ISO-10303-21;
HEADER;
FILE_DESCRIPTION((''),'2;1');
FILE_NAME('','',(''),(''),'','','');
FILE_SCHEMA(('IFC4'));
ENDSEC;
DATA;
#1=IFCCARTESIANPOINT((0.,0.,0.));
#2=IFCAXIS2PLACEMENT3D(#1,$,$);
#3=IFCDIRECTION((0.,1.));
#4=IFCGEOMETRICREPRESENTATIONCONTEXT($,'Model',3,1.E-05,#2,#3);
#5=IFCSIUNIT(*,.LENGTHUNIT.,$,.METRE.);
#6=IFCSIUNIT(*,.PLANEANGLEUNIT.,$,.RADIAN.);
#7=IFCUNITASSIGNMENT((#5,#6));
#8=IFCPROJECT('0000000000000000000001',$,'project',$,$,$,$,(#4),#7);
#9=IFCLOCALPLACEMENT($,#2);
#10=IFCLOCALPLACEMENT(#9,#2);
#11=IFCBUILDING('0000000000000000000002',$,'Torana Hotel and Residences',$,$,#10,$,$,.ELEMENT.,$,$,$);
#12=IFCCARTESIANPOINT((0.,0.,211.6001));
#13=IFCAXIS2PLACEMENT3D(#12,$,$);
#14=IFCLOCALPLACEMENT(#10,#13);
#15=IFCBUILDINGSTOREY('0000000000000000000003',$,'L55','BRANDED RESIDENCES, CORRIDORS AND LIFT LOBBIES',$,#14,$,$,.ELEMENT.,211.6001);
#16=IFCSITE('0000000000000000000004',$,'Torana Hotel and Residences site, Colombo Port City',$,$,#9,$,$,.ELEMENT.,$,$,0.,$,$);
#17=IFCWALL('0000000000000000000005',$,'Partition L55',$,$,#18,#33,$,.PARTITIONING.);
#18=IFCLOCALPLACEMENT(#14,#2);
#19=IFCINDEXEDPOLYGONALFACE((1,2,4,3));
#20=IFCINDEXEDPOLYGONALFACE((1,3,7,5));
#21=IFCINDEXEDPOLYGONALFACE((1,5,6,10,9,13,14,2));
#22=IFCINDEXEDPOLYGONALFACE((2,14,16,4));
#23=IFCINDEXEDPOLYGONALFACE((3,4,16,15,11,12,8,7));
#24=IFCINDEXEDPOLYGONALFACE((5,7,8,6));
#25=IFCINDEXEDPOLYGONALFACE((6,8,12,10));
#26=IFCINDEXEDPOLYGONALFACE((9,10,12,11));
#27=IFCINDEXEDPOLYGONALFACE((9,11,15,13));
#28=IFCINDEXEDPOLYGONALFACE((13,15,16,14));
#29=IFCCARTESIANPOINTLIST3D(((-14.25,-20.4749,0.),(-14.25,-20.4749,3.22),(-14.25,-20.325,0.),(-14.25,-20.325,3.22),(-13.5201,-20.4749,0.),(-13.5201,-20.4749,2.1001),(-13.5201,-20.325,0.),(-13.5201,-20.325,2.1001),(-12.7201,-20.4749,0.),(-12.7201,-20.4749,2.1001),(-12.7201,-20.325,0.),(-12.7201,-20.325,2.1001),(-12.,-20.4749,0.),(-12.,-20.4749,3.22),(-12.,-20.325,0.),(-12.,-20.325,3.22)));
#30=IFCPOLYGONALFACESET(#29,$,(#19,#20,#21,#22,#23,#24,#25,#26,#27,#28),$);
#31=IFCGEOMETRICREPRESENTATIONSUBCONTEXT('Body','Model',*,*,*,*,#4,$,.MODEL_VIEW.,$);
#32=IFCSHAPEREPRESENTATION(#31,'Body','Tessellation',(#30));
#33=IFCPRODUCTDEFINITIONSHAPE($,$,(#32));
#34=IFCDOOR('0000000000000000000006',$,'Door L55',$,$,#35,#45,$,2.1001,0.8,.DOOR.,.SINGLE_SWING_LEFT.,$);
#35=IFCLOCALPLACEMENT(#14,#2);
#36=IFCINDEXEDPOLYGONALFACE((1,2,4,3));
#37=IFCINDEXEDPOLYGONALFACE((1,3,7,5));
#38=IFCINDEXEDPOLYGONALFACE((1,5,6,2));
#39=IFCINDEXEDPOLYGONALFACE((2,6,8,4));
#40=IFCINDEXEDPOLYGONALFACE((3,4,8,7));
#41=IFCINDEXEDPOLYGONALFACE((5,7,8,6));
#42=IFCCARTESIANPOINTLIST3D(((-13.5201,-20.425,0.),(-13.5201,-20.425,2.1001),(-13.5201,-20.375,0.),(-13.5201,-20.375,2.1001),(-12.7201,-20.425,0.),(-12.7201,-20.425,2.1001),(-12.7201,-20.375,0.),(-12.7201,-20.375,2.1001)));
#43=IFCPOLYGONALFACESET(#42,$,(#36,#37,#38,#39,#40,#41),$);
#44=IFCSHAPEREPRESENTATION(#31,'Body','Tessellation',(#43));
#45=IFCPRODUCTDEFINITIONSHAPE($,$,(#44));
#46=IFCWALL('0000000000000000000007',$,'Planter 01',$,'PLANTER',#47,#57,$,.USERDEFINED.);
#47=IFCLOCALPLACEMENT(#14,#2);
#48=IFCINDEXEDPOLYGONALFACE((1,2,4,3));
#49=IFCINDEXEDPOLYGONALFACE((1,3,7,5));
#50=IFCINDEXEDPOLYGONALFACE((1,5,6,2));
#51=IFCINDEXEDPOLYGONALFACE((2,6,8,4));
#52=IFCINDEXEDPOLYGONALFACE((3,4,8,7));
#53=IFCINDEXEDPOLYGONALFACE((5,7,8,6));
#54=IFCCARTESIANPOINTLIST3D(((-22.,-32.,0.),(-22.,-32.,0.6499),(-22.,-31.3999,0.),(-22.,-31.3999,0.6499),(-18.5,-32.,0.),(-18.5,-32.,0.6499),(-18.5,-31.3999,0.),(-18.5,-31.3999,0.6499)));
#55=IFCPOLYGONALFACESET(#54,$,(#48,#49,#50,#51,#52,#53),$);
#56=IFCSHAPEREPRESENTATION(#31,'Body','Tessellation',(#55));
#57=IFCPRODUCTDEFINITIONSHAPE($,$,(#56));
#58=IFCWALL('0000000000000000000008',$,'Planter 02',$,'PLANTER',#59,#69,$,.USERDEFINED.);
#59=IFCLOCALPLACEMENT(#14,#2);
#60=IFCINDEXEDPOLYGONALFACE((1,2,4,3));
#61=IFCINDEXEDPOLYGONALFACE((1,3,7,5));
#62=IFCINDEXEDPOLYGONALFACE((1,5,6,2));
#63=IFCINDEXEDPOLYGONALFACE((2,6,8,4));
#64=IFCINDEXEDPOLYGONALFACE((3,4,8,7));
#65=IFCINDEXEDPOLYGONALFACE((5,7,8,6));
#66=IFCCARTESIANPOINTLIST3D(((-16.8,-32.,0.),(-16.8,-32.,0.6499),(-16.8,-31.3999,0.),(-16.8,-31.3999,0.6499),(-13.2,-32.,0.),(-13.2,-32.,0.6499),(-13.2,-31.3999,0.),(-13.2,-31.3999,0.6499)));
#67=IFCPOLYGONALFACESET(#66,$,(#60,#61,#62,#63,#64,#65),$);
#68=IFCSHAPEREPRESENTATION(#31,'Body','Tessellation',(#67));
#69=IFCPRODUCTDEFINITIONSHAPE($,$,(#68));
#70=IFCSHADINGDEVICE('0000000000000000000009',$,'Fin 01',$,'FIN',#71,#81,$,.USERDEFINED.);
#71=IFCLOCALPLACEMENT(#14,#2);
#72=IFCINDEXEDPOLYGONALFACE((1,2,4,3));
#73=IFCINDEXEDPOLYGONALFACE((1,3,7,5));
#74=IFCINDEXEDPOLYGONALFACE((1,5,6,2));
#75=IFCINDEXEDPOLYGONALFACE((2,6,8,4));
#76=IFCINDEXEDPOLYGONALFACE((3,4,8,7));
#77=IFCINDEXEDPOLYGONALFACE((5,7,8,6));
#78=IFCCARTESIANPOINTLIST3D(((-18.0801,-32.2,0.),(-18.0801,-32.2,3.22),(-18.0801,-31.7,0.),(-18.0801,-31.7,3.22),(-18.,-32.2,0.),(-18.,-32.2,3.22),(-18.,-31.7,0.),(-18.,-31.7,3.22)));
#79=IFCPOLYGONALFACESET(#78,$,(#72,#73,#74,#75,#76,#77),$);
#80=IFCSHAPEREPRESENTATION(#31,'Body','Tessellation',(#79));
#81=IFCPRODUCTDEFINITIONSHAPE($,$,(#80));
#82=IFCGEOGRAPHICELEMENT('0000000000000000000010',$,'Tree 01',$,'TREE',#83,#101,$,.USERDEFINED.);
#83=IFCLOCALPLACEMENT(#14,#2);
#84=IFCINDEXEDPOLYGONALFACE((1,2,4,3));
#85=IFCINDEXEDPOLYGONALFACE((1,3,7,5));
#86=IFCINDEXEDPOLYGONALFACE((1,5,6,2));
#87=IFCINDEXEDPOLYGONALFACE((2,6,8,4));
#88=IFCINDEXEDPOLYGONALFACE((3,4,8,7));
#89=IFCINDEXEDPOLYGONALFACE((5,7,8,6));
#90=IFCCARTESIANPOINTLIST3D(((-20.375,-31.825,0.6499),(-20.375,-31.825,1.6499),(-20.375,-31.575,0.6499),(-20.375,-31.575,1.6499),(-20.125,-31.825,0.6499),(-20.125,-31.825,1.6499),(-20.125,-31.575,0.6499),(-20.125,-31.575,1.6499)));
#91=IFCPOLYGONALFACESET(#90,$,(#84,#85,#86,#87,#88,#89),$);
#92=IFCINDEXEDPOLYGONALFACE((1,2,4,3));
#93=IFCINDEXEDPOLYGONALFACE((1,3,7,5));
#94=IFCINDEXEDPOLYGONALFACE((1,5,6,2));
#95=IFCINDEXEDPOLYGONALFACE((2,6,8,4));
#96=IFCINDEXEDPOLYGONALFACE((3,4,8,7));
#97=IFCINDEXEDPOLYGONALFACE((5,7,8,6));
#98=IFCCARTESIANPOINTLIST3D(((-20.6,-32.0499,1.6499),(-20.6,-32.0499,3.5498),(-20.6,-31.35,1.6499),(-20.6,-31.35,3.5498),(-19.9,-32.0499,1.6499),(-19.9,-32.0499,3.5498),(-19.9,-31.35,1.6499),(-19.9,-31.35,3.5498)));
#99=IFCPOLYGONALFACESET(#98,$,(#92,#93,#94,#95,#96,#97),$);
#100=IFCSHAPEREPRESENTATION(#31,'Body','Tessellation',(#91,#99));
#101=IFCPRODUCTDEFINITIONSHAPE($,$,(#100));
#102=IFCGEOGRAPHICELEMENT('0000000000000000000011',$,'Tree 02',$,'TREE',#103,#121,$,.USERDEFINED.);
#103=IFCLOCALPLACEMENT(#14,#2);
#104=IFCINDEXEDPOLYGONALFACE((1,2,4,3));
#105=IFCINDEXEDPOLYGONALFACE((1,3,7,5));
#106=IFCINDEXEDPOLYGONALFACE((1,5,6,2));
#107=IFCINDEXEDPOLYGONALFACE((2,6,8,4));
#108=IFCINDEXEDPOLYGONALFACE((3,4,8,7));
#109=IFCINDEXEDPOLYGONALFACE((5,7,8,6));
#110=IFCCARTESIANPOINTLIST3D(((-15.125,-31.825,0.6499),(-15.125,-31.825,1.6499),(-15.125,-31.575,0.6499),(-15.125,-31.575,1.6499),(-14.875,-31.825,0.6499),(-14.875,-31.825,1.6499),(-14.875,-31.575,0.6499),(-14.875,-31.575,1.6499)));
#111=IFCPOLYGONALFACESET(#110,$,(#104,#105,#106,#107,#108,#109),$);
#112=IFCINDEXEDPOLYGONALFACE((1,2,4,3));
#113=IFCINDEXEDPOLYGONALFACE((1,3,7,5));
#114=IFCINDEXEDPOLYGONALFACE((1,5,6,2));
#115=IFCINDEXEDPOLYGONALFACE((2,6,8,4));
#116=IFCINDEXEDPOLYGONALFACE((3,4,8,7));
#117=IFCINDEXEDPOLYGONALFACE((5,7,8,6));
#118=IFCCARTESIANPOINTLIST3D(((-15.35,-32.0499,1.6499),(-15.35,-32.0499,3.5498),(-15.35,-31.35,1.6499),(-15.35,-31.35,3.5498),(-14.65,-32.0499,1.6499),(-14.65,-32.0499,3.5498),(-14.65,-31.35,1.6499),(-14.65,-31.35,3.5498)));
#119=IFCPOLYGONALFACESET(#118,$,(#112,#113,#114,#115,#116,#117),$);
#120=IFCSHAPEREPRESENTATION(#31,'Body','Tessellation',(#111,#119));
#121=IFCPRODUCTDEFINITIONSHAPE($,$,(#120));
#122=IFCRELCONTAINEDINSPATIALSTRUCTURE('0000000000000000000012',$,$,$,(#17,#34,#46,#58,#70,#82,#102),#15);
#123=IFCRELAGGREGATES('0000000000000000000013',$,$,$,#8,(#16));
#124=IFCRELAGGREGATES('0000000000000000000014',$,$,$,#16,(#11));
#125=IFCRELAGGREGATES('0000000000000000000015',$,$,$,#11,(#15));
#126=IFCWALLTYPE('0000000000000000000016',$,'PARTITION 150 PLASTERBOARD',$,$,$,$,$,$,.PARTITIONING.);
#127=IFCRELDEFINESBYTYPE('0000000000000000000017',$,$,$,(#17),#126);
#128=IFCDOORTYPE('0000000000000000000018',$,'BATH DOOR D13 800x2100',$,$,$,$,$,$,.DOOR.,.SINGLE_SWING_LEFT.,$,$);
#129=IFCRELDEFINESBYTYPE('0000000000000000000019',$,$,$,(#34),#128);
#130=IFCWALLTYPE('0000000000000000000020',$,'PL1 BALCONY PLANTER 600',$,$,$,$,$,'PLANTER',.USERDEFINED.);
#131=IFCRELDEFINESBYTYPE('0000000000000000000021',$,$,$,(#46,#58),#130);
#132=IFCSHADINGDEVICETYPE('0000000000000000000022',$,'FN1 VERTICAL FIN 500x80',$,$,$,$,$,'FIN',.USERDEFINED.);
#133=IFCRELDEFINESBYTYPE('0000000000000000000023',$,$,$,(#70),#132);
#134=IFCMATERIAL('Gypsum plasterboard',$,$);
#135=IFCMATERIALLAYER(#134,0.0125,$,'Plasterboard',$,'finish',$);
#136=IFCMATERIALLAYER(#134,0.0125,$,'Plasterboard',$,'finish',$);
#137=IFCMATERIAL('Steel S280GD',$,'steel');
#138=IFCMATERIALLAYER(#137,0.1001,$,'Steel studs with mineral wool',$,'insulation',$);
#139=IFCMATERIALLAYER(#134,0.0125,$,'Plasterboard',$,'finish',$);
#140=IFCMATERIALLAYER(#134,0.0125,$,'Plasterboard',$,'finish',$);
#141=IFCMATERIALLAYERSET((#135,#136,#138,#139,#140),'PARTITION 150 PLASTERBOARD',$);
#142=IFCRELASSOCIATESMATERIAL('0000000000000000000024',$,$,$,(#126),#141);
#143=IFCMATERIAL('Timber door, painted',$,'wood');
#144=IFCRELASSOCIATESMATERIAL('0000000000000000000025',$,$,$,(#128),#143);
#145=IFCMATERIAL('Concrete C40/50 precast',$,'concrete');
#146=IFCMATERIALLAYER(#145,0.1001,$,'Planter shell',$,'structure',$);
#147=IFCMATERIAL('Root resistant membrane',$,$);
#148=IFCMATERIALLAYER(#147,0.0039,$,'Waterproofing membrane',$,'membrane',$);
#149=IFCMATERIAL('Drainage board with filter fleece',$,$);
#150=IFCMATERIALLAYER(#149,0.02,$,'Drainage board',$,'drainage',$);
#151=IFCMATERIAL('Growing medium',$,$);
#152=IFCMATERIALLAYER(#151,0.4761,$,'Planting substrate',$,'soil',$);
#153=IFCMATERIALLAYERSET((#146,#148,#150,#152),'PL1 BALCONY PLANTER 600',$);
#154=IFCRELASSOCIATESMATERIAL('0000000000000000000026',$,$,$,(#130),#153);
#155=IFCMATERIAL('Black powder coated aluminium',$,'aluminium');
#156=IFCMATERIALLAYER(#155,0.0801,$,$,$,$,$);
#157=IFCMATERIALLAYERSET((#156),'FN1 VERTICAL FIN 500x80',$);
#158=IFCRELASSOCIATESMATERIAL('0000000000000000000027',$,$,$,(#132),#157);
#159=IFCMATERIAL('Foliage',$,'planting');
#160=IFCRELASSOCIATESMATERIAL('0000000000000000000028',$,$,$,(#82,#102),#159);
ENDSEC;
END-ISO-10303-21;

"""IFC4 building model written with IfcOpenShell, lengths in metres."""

from ifc_helpers import new_model, si_unit, direction, frame, frame_2d, origin, origin_2d, place, context, subcontext, project, spatial, rectangle, extrude, material, layer, layer_set, type_object, element, fill, save


model = new_model("IFC4")

# Units and contexts
model_context = context("Model", 3, precision=1e-05, world=origin(), true_north=direction((0.0, 1.0)))
body_context = subcontext(model_context, "Body", "Model", "MODEL_VIEW")
ifc_project = project(units=[si_unit("LENGTHUNIT", "METRE"), si_unit("PLANEANGLEUNIT", "RADIAN")], contexts=[model_context])

# Site, building, storey
site_placement = place(None, origin())
site = spatial("IfcSite", under=ifc_project, at=site_placement, Name="Torana Hotel and Residences site, Colombo Port City", CompositionType="ELEMENT", RefElevation=0.0)
building_placement = place(site_placement, origin())
building = spatial("IfcBuilding", under=site, at=building_placement, Name="Torana Hotel and Residences", CompositionType="ELEMENT")
storey_placement = place(building_placement, frame((0.0, 0.0, 211.6001)))
storey = spatial("IfcBuildingStorey", under=building, at=storey_placement, Name="L55", Description="BRANDED RESIDENCES, CORRIDORS AND LIFT LOBBIES", CompositionType="ELEMENT", Elevation=211.6001)

# Shared definitions
ifc_material_1 = material(Name="Gypsum plasterboard")
ifc_layer_1 = layer(ifc_material_1, 0.0125, Name="Plasterboard", Category="finish")
ifc_layer_2 = layer(ifc_material_1, 0.0125, Name="Plasterboard", Category="finish")
ifc_material_2 = material(Name="Steel S280GD", Category="steel")
ifc_layer_3 = layer(ifc_material_2, 0.1001, Name="Steel studs with mineral wool", Category="insulation")
ifc_layer_4 = layer(ifc_material_1, 0.0125, Name="Plasterboard", Category="finish")
ifc_layer_5 = layer(ifc_material_1, 0.0125, Name="Plasterboard", Category="finish")
ifc_layer_set_1 = layer_set([ifc_layer_1, ifc_layer_2, ifc_layer_3, ifc_layer_4, ifc_layer_5], Name="PARTITION 150 PLASTERBOARD")
wall_type_1 = type_object("IfcWallType", Name="PARTITION 150 PLASTERBOARD", PredefinedType="PARTITIONING", material=ifc_layer_set_1)

# Wall, opening, door
wall_1_placement = place(storey_placement, frame((-14.25, -20.3999, 0.0), z_axis=(0.0, 0.0, 1.0), x_axis=(1.0, 0.0, 0.0)))
wall_1 = element("IfcWall", 1, at=wall_1_placement, inside=storey, type_object=wall_type_1, Name="Partition L55", PredefinedType="PARTITIONING", context=body_context, shape_type="SweptSolid", body=[
    extrude(rectangle(XDim=2.25, YDim=0.1499, at=frame_2d((1.125, 0.0))), origin(), (0.0, 0.0, 1.0), 3.22),
])
opening_1_placement = place(wall_1_placement, frame((0.73, 0.0, 0.0)))
opening_1 = element("IfcOpeningElement", 2, at=opening_1_placement, cuts=wall_1, PredefinedType="OPENING", context=body_context, shape_type="SweptSolid", body=[
    extrude(rectangle(XDim=0.8, YDim=2.1001, at=frame_2d((0.3999, 1.05))), frame((0.0, 0.085, 0.0), z_axis=(0.0, -1.0, 0.0), x_axis=(1.0, 0.0, 0.0)), (0.0, 0.0, 1.0), 0.1699),
])
ifc_material_3 = material(Name="Timber door, painted", Category="wood")
door_type_1 = type_object("IfcDoorType", Name="BATH DOOR D13 800x2100", OperationType="SINGLE_SWING_LEFT", PredefinedType="DOOR", material=ifc_material_3)
door_1_placement = place(opening_1_placement, origin())
door_1 = element("IfcDoor", 3, at=door_1_placement, inside=storey, type_object=door_type_1, Name="Door L55", OperationType="SINGLE_SWING_LEFT", OverallHeight=2.1001, OverallWidth=0.8, PredefinedType="DOOR", context=body_context, shape_type="SweptSolid", body=[
    extrude(rectangle(XDim=0.8, YDim=2.1001, at=frame_2d((0.3999, 1.05))), frame((0.0, 0.0249, 0.0), z_axis=(0.0, -1.0, 0.0), x_axis=(1.0, 0.0, 0.0)), (0.0, 0.0, 1.0), 0.05),
])
fill(opening_1, door_1)

# Walls
ifc_material_4 = material(Name="Concrete C40/50 precast", Category="concrete")
ifc_layer_6 = layer(ifc_material_4, 0.1001, Name="Planter shell", Category="structure")
ifc_material_5 = material(Name="Root resistant membrane")
ifc_layer_7 = layer(ifc_material_5, 0.0039, Name="Waterproofing membrane", Category="membrane")
ifc_material_6 = material(Name="Drainage board with filter fleece")
ifc_layer_8 = layer(ifc_material_6, 0.02, Name="Drainage board", Category="drainage")
ifc_material_7 = material(Name="Growing medium")
ifc_layer_9 = layer(ifc_material_7, 0.4761, Name="Planting substrate", Category="soil")
ifc_layer_set_2 = layer_set([ifc_layer_6, ifc_layer_7, ifc_layer_8, ifc_layer_9], Name="PL1 BALCONY PLANTER 600")
wall_type_2 = type_object("IfcWallType", Name="PL1 BALCONY PLANTER 600", ElementType="PLANTER", PredefinedType="USERDEFINED", material=ifc_layer_set_2)
wall_2_placement = place(storey_placement, frame((-18.5, -31.7, 0.0), z_axis=(0.0, 0.0, 1.0), x_axis=(-1.0, 0.0, 0.0)))
element("IfcWall", 4, at=wall_2_placement, inside=storey, type_object=wall_type_2, Name="Planter 01", ObjectType="PLANTER", PredefinedType="USERDEFINED", context=body_context, shape_type="SweptSolid", body=[
    extrude(rectangle(XDim=3.5, YDim=0.6001, at=frame_2d((1.75, 0.0))), origin(), (0.0, 0.0, 1.0), 0.6499),
])
wall_3_placement = place(storey_placement, frame((-13.2, -31.7, 0.0), z_axis=(0.0, 0.0, 1.0), x_axis=(-1.0, 0.0, 0.0)))
element("IfcWall", 5, at=wall_3_placement, inside=storey, type_object=wall_type_2, Name="Planter 02", ObjectType="PLANTER", PredefinedType="USERDEFINED", context=body_context, shape_type="SweptSolid", body=[
    extrude(rectangle(XDim=3.6001, YDim=0.6001, at=frame_2d((1.8, 0.0))), origin(), (0.0, 0.0, 1.0), 0.6499),
])

# Shading device
ifc_material_8 = material(Name="Black powder coated aluminium", Category="aluminium")
ifc_layer_10 = layer(ifc_material_8, 0.0801)
ifc_layer_set_3 = layer_set([ifc_layer_10], Name="FN1 VERTICAL FIN 500x80")
shading_device_type = type_object("IfcShadingDeviceType", Name="FN1 VERTICAL FIN 500x80", ElementType="FIN", PredefinedType="USERDEFINED", material=ifc_layer_set_3)
shading_device_placement = place(storey_placement, frame((-18.04, -31.95, 0.0), z_axis=(0.0, 0.0, 1.0), x_axis=(-1.0, 0.0, 0.0)))
element("IfcShadingDevice", 6, at=shading_device_placement, inside=storey, type_object=shading_device_type, Name="Fin 01", ObjectType="FIN", PredefinedType="USERDEFINED", context=body_context, shape_type="SweptSolid", body=[
    extrude(rectangle(XDim=0.0801, YDim=0.5, at=origin_2d()), origin(), (0.0, 0.0, 1.0), 3.22),
])

# Geographic elements
ifc_material_9 = material(Name="Foliage", Category="planting")
for number, where, z_axis, x_axis, name in (
    (7, (-20.25, -31.7, 0.6499), (0.0, 0.0, 1.0), (1.0, 0.0, 0.0), "Tree 01"),
    (8, (-15.0, -31.7, 0.6499), (0.0, 0.0, 1.0), (1.0, 0.0, 0.0), "Tree 02"),
):
    element("IfcGeographicElement", number, at=place(storey_placement, frame(where, z_axis=z_axis, x_axis=x_axis)), inside=storey, material=ifc_material_9, Name=name, ObjectType="TREE", PredefinedType="USERDEFINED", context=body_context, shape_type="SweptSolid", body=[
        extrude(rectangle(XDim=0.25, YDim=0.25, at=origin_2d()), origin(), (0.0, 0.0, 1.0), 1.0),
        extrude(rectangle(XDim=0.7, YDim=0.7, at=origin_2d()), frame((0.0, 0.0, 1.0)), (0.0, 0.0, 1.0), 1.8999),
    ])

save(model, "model.ifc")
